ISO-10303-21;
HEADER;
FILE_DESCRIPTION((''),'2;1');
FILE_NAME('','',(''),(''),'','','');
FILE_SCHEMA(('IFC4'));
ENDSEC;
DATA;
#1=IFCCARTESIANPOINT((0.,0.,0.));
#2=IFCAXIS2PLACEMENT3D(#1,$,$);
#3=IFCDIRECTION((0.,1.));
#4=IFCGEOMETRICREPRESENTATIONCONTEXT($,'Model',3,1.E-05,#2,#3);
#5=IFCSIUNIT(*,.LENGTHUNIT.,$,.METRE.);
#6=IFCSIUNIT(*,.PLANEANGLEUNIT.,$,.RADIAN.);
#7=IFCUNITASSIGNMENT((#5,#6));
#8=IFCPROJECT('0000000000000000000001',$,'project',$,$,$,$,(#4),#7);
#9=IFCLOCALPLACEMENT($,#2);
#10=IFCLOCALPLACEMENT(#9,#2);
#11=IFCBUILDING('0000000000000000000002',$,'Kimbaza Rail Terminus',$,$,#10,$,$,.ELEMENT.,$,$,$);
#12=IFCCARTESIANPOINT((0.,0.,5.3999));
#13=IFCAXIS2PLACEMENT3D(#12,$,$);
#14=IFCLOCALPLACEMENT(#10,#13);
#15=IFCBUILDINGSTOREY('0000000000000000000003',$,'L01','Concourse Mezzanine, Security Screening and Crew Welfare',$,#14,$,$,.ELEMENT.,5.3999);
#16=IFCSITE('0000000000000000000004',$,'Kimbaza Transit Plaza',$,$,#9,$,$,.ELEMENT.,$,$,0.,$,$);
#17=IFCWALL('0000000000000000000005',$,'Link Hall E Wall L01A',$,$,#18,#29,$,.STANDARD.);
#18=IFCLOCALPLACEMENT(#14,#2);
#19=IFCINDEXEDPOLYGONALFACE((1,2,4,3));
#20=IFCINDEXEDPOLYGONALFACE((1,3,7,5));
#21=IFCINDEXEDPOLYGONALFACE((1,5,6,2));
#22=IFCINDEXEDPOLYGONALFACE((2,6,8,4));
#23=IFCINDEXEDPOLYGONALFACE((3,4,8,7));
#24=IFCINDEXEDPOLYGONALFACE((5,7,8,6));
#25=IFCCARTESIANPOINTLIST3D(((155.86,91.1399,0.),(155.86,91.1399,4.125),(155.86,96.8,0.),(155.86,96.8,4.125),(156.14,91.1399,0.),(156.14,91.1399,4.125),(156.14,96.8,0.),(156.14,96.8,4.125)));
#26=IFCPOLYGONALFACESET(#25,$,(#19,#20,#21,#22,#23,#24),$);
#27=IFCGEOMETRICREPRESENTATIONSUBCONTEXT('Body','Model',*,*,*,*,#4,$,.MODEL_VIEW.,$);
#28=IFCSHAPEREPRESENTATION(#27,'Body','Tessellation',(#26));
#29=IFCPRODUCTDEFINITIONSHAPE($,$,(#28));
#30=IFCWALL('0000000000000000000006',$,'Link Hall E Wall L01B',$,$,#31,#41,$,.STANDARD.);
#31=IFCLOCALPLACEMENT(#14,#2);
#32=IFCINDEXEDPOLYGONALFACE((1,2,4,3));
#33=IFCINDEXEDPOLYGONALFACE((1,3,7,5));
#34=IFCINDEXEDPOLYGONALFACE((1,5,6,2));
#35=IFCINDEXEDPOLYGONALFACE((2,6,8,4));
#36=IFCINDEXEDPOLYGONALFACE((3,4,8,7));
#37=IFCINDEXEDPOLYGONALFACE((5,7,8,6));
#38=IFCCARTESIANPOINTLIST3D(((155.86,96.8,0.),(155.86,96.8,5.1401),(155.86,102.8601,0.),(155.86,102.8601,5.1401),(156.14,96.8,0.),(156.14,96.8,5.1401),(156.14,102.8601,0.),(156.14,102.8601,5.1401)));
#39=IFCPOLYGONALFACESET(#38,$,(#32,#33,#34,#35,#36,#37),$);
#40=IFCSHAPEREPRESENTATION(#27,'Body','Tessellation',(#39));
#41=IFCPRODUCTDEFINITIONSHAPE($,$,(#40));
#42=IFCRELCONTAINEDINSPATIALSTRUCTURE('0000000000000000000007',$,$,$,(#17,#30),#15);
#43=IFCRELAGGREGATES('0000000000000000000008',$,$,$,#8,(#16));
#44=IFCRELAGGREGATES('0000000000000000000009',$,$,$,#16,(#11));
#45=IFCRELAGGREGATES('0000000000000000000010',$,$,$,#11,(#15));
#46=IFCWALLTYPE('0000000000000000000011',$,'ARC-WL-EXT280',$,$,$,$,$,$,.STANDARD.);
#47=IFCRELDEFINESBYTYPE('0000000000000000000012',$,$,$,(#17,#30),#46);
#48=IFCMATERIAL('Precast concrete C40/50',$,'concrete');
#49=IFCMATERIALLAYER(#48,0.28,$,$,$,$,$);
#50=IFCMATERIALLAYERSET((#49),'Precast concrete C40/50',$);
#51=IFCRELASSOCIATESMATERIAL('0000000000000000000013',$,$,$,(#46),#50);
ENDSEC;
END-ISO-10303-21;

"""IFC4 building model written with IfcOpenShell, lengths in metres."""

from ifc_helpers import new_model, si_unit, direction, frame, frame_2d, origin, place, context, subcontext, project, spatial, rectangle, extrude, material, layer, layer_set, type_object, element, save


model = new_model("IFC4")

# Units and contexts
model_context = context("Model", 3, precision=1e-05, world=origin(), true_north=direction((0.0, 1.0)))
body_context = subcontext(model_context, "Body", "Model", "MODEL_VIEW")
ifc_project = project(units=[si_unit("LENGTHUNIT", "METRE"), si_unit("PLANEANGLEUNIT", "RADIAN")], contexts=[model_context])

# Site, building, storey
site_placement = place(None, origin())
site = spatial("IfcSite", under=ifc_project, at=site_placement, Name="Kimbaza Transit Plaza", CompositionType="ELEMENT", RefElevation=0.0)
building_placement = place(site_placement, origin())
building = spatial("IfcBuilding", under=site, at=building_placement, Name="Kimbaza Rail Terminus", CompositionType="ELEMENT")
storey_placement = place(building_placement, frame((0.0, 0.0, 5.3999)))
storey = spatial("IfcBuildingStorey", under=building, at=storey_placement, Name="L01", Description="Concourse Mezzanine, Security Screening and Crew Welfare", CompositionType="ELEMENT", Elevation=5.3999)

# Walls
ifc_material_1 = material(Name="Precast concrete C40/50", Category="concrete")
ifc_layer_1 = layer(ifc_material_1, 0.28)
ifc_layer_set_1 = layer_set([ifc_layer_1], Name="Precast concrete C40/50")
wall_type = type_object("IfcWallType", Name="ARC-WL-EXT280", PredefinedType="STANDARD", material=ifc_layer_set_1)
wall_1_placement = place(storey_placement, frame((156.0, 91.1399, 0.0), z_axis=(0.0, 0.0, 1.0), x_axis=(0.0, 1.0, 0.0)))
element("IfcWall", 1, at=wall_1_placement, inside=storey, type_object=wall_type, Name="Link Hall E Wall L01A", PredefinedType="STANDARD", context=body_context, shape_type="SweptSolid", body=[
    extrude(rectangle(XDim=5.6602, YDim=0.28, at=frame_2d((2.8301, 0.0))), origin(), (0.0, 0.0, 1.0), 4.125),
])
wall_2_placement = place(storey_placement, frame((156.0, 96.8, 0.0), z_axis=(0.0, 0.0, 1.0), x_axis=(0.0, 1.0, 0.0)))
element("IfcWall", 2, at=wall_2_placement, inside=storey, type_object=wall_type, Name="Link Hall E Wall L01B", PredefinedType="STANDARD", context=body_context, shape_type="SweptSolid", body=[
    extrude(rectangle(XDim=6.0601, YDim=0.28, at=frame_2d((3.03, 0.0))), origin(), (0.0, 0.0, 1.0), 5.1401),
])

save(model, "model.ifc")
